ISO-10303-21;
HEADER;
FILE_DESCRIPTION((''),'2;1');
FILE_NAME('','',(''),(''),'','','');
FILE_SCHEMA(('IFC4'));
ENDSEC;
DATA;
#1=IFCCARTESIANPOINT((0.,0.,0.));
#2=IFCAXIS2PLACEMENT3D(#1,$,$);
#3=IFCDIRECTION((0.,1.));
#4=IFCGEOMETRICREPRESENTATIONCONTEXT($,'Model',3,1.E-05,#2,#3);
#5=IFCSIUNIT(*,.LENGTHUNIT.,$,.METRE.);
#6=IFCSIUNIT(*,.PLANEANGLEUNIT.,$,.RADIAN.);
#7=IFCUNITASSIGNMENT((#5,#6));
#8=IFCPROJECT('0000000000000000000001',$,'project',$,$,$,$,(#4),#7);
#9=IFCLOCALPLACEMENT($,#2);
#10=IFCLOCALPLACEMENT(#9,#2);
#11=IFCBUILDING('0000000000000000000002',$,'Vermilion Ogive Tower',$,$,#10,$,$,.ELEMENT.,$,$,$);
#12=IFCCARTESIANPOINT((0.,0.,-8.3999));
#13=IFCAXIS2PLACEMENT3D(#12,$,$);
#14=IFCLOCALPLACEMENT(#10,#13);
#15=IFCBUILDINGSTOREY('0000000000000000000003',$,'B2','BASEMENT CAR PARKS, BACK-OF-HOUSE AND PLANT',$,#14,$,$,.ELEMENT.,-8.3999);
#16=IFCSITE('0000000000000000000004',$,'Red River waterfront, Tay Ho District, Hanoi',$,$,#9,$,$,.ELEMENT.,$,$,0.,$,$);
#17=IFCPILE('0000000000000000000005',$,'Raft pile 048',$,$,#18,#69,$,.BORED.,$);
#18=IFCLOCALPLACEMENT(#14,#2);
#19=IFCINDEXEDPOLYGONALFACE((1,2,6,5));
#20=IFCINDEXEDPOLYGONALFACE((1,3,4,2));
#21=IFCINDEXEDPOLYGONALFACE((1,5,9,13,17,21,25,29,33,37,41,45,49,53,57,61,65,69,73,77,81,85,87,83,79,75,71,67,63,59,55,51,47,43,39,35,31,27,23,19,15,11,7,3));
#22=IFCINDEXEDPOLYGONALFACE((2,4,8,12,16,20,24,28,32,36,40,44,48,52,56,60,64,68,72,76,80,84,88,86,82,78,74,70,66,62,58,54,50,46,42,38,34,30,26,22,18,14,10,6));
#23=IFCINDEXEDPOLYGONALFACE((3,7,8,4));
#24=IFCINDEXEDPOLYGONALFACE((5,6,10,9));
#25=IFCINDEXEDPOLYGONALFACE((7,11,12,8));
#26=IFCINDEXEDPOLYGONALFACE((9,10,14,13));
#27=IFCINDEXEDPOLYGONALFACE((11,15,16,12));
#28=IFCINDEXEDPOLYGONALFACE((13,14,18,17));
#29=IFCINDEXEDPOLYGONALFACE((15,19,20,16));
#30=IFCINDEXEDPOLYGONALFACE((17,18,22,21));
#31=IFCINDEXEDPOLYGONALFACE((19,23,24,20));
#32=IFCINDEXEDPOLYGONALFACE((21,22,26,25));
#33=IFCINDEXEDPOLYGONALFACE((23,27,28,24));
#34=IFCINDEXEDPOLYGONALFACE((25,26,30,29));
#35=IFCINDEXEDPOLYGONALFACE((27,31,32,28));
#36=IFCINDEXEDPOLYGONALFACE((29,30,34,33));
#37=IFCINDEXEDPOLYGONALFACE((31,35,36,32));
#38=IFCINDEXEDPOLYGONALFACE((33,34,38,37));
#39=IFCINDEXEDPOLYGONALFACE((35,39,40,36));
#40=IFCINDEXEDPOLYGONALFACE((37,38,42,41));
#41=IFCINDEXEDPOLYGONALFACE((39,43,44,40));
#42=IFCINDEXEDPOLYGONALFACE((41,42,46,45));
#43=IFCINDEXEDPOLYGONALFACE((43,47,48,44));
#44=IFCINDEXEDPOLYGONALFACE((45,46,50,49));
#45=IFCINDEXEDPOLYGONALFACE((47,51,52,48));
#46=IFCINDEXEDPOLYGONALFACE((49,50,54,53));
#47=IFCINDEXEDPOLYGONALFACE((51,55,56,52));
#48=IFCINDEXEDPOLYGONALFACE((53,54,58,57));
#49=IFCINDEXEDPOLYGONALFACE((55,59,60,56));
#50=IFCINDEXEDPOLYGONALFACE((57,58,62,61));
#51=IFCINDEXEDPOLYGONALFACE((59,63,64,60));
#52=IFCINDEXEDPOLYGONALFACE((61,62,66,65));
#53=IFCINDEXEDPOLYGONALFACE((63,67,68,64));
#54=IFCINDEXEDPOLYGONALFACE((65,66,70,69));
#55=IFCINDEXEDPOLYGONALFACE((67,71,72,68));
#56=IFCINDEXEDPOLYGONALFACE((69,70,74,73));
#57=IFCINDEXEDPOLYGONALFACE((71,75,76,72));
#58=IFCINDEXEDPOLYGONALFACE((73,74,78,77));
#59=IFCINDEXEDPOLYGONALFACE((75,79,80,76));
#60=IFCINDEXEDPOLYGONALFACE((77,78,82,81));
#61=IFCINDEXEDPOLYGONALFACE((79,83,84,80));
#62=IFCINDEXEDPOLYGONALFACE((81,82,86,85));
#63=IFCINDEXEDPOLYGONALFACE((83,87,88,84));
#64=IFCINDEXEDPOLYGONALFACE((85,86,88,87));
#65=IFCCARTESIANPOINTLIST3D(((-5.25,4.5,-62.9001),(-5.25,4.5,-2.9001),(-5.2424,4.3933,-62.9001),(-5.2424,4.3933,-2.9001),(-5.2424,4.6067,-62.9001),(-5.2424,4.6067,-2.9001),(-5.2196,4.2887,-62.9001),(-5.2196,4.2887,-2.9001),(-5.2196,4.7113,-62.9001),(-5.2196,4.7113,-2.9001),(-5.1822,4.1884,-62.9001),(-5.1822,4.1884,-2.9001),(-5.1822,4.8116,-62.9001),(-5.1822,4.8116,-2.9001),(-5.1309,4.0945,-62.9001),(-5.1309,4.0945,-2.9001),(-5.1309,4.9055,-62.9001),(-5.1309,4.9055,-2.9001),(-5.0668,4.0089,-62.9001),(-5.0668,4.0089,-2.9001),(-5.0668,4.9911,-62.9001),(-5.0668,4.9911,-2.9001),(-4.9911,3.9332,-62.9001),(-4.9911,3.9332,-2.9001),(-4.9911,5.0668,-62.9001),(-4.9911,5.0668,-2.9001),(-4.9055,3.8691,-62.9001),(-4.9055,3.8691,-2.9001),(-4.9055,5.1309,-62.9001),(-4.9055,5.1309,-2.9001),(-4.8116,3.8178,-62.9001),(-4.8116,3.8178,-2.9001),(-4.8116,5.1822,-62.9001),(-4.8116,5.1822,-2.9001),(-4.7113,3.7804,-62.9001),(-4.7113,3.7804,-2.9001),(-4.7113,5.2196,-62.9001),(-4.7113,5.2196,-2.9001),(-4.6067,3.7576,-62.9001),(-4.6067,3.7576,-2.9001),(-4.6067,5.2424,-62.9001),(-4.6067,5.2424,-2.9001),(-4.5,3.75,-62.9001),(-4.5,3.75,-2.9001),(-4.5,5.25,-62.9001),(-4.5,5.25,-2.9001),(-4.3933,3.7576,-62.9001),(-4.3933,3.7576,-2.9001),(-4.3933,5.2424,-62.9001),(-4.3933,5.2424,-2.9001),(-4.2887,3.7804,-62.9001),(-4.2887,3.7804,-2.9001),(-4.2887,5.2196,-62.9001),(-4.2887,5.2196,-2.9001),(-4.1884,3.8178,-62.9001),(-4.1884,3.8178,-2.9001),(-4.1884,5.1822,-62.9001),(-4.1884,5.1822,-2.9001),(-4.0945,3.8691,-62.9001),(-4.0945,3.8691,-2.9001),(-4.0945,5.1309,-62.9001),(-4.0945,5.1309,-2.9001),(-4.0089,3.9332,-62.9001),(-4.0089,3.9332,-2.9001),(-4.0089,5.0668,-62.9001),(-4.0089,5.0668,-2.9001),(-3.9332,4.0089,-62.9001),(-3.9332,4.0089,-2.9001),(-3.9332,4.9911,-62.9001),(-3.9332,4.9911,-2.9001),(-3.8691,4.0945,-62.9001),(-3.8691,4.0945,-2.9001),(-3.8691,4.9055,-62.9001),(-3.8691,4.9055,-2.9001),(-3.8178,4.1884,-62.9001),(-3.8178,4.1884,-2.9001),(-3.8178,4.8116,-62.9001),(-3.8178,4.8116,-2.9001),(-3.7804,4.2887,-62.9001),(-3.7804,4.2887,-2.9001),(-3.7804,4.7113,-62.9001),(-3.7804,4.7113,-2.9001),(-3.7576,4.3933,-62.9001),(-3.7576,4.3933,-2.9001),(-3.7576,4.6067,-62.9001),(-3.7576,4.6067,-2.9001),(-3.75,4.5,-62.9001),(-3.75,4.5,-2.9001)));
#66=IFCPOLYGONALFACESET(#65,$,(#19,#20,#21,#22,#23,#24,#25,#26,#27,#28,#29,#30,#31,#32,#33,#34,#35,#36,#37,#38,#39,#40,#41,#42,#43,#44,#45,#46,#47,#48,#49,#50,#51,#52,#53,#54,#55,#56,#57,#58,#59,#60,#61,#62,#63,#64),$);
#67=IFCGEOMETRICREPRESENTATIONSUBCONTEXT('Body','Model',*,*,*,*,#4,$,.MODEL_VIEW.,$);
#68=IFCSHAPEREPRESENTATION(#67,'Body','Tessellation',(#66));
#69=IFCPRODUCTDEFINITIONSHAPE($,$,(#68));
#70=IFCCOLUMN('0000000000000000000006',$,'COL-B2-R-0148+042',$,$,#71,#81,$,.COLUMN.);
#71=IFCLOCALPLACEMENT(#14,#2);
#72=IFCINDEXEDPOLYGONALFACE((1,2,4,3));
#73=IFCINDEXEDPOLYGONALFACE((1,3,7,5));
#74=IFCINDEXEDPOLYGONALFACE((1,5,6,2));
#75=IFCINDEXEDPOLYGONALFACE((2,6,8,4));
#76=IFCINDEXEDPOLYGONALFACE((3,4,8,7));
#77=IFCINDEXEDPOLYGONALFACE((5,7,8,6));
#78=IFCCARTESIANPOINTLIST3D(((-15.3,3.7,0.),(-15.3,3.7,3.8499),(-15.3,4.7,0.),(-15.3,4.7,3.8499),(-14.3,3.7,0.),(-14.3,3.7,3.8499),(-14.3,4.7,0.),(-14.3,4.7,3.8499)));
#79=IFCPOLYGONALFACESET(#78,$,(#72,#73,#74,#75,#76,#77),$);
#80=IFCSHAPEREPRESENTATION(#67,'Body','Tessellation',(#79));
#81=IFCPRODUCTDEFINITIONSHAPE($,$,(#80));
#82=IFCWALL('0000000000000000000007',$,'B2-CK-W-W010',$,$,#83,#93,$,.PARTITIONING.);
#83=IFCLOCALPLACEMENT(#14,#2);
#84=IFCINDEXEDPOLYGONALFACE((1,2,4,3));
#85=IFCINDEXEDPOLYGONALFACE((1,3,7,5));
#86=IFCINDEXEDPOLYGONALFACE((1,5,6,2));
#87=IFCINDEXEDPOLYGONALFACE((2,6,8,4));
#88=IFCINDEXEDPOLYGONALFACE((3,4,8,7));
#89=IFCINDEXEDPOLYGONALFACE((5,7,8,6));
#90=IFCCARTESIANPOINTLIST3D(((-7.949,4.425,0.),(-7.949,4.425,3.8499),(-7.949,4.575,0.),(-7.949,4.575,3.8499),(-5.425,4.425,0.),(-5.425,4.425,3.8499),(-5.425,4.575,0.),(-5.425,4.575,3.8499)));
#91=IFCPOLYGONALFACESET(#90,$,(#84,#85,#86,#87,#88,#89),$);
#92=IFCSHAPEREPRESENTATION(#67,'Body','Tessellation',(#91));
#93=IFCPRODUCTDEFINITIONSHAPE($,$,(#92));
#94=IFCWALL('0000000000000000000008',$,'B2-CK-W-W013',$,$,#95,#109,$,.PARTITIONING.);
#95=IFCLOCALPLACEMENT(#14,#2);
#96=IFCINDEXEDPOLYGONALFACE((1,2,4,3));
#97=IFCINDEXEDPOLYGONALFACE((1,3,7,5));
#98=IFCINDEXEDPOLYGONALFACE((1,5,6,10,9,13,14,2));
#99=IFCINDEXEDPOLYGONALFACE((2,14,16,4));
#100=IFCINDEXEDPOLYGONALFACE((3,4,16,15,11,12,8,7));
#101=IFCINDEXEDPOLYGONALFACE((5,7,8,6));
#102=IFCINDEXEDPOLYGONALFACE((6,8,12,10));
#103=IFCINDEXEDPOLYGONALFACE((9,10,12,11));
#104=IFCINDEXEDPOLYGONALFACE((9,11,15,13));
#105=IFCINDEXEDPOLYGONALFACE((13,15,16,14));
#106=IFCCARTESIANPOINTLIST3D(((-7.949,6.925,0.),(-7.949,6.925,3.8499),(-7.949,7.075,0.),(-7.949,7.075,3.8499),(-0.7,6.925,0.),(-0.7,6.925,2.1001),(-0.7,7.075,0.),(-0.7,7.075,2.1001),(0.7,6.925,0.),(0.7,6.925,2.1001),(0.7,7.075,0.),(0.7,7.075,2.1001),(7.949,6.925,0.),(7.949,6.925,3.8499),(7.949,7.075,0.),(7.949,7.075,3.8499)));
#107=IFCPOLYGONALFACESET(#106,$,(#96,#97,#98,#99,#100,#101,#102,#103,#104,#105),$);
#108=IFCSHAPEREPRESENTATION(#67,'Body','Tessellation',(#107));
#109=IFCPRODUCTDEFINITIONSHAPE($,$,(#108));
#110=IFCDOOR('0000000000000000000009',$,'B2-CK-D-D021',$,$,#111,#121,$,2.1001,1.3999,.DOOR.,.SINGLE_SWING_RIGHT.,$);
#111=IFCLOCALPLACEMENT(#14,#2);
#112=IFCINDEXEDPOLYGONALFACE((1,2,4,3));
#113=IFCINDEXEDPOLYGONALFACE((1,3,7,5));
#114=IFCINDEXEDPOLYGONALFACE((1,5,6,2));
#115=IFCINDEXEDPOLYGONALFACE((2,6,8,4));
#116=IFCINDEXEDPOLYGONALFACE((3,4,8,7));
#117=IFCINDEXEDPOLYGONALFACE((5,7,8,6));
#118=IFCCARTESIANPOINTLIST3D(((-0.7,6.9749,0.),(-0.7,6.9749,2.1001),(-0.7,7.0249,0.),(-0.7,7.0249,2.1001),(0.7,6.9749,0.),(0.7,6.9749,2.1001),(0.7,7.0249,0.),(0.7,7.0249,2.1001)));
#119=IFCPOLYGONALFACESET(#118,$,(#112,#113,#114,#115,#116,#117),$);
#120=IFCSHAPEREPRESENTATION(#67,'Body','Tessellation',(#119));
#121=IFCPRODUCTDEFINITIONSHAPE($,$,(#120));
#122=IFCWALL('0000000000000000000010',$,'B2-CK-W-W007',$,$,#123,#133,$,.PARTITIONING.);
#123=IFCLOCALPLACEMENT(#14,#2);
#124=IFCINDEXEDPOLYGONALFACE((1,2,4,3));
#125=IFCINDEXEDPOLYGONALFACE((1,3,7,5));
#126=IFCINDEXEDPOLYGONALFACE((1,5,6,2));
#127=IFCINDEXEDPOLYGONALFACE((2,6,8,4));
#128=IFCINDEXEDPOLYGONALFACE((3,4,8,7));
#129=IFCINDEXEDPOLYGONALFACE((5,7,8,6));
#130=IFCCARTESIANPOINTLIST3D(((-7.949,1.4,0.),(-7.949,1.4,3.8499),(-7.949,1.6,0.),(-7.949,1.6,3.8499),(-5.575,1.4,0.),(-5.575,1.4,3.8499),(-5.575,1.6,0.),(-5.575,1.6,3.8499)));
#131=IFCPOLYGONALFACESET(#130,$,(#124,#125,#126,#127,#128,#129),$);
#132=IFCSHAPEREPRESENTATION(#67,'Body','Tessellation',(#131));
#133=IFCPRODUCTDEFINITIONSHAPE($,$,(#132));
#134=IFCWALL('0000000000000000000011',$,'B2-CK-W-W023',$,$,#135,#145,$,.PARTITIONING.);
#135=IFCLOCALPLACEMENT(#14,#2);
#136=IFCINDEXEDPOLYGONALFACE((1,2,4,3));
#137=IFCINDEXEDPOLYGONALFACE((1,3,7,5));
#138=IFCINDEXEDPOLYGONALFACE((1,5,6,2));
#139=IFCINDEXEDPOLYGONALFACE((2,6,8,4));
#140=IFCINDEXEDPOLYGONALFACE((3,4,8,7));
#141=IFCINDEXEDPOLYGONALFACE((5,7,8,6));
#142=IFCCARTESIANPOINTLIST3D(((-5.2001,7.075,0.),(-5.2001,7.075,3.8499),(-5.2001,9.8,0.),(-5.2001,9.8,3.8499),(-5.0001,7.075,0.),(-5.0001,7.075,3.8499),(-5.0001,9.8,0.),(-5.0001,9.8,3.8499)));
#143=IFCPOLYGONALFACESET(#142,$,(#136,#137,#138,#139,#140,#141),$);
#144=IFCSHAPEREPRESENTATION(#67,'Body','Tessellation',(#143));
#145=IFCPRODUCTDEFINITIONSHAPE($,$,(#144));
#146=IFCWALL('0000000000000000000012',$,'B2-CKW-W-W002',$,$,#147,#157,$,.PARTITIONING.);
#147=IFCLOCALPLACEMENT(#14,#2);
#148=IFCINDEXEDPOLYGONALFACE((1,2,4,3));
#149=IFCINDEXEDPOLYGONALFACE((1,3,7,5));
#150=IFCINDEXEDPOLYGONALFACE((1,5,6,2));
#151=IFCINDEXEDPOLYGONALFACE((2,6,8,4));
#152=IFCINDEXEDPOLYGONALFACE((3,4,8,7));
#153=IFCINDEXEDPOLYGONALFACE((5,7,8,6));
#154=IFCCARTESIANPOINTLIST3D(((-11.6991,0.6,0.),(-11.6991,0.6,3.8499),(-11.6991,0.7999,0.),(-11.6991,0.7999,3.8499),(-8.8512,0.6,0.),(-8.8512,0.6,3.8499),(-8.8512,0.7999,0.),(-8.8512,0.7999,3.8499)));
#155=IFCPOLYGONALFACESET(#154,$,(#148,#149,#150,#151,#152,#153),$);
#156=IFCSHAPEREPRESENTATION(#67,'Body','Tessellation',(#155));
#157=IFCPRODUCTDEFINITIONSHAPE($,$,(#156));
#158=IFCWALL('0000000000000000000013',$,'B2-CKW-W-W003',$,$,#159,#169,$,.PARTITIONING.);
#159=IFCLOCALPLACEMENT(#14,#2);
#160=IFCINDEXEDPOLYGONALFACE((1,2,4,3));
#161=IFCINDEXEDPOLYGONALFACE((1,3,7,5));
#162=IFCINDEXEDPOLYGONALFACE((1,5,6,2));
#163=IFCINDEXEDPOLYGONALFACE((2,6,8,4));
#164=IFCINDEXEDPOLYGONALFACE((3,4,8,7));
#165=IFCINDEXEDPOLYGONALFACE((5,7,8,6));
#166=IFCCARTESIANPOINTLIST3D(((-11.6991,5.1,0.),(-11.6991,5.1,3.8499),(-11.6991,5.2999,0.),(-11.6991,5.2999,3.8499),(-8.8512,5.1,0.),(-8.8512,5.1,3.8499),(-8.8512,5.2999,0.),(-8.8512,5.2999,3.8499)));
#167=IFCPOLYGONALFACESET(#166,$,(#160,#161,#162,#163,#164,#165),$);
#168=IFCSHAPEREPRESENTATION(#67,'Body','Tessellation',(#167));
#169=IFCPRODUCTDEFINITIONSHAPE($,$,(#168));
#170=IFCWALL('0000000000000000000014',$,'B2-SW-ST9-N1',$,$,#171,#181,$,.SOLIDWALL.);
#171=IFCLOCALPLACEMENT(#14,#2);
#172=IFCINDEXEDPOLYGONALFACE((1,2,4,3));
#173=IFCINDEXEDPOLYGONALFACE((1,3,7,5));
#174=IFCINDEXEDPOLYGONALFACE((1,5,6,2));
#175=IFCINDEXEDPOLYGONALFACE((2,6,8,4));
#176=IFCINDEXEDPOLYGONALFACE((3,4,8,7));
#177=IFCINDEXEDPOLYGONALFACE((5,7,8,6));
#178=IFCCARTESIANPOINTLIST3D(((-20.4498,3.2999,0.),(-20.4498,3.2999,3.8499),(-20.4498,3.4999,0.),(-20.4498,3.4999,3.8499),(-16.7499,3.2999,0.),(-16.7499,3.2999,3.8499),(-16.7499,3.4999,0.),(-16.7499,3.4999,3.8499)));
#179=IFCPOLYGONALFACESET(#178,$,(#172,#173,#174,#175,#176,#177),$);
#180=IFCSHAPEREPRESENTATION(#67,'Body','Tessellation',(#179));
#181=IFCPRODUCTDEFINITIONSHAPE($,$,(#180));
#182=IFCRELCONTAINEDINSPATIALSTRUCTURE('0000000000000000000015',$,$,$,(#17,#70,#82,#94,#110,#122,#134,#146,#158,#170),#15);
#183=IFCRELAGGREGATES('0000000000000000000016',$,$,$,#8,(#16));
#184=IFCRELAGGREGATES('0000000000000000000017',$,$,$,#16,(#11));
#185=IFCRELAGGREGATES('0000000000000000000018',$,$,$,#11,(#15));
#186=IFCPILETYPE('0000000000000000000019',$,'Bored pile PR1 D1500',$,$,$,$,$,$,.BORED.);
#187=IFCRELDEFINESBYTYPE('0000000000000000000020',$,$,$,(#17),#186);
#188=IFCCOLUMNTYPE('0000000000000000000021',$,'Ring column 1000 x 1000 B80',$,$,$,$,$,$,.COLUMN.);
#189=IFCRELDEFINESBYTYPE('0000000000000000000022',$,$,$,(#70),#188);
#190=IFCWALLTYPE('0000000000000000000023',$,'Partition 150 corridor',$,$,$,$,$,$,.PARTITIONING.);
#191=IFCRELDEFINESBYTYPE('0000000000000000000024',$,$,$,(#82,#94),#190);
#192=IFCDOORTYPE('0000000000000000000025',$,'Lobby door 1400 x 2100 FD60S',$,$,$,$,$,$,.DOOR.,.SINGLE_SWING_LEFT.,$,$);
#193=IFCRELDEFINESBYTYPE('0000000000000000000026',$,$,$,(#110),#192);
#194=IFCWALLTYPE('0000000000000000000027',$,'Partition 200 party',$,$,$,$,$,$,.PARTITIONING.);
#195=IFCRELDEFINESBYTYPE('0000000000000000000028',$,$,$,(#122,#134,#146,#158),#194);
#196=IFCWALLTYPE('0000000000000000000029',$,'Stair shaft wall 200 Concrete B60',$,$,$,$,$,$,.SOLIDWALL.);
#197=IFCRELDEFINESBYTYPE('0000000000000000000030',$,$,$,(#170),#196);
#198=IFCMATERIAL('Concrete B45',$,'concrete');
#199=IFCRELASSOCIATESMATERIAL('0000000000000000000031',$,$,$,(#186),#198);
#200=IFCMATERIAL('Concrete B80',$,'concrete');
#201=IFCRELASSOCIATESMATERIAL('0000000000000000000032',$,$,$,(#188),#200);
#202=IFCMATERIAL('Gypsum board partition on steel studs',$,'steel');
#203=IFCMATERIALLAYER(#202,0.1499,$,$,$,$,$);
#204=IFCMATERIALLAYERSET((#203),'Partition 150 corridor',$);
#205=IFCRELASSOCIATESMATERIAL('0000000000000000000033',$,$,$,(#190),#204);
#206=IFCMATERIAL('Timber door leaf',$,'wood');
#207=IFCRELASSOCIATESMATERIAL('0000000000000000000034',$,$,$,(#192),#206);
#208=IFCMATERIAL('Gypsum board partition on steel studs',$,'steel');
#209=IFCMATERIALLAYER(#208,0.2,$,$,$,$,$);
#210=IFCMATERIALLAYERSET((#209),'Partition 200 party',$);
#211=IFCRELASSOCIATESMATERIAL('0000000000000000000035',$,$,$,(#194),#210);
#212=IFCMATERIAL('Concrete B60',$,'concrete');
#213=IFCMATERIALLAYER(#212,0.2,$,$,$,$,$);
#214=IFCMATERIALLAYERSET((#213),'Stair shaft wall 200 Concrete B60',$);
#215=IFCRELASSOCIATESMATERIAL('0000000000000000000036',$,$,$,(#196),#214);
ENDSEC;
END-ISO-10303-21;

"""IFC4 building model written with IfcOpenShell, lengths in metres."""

from ifc_helpers import new_model, si_unit, direction, frame, frame_2d, origin, origin_2d, place, context, subcontext, project, spatial, rectangle, circle, extrude, material, layer, layer_set, material_profile, profile_set, type_object, element, fill, save


model = new_model("IFC4")

# Units and contexts
model_context = context("Model", 3, precision=1e-05, world=origin(), true_north=direction((0.0, 1.0)))
body_context = subcontext(model_context, "Body", "Model", "MODEL_VIEW")
ifc_project = project(units=[si_unit("LENGTHUNIT", "METRE"), si_unit("PLANEANGLEUNIT", "RADIAN")], contexts=[model_context])

# Site, building, storey
site_placement = place(None, origin())
site = spatial("IfcSite", under=ifc_project, at=site_placement, Name="Red River waterfront, Tay Ho District, Hanoi", CompositionType="ELEMENT", RefElevation=0.0)
building_placement = place(site_placement, origin())
building = spatial("IfcBuilding", under=site, at=building_placement, Name="Vermilion Ogive Tower", CompositionType="ELEMENT")
storey_placement = place(building_placement, frame((0.0, 0.0, -8.3999)))
storey = spatial("IfcBuildingStorey", under=building, at=storey_placement, Name="B2", Description="BASEMENT CAR PARKS, BACK-OF-HOUSE AND PLANT", CompositionType="ELEMENT", Elevation=-8.3999)

# Pile
ifc_material_1 = material(Name="Concrete B45", Category="concrete")
pile_type = type_object("IfcPileType", Name="Bored pile PR1 D1500", PredefinedType="BORED", material=ifc_material_1)
for number, where, z_axis, x_axis, name in (
    (1, (-4.5, 4.5, -2.9001), (0.0, 0.0, -1.0), (1.0, 0.0, 0.0), "Raft pile 048"),
):
    element("IfcPile", number, at=place(storey_placement, frame(where, z_axis=z_axis, x_axis=x_axis)), inside=storey, type_object=pile_type, Name=name, PredefinedType="BORED", context=body_context, shape_type="SweptSolid", body=[
        extrude(circle(Radius=0.75, at=origin_2d()), origin(), (0.0, 0.0, 1.0), 60.0),
    ])

# Column
ifc_material_2 = material(Name="Concrete B80", Category="concrete")
ifc_material_profile = material_profile(ifc_material_2, rectangle(XDim=1.0, YDim=1.0, at=origin_2d()), Name="1000 x 1000")
ifc_profile_set = profile_set([ifc_material_profile], Name="Concrete B80")
column_type = type_object("IfcColumnType", Name="Ring column 1000 x 1000 B80", PredefinedType="COLUMN", material=ifc_profile_set)
column_placement = place(storey_placement, frame((-14.8, 4.2, 0.0), z_axis=(0.0, 0.0, 1.0), x_axis=(1.0, 0.0, 0.0)))
element("IfcColumn", 2, at=column_placement, inside=storey, type_object=column_type, Name="COL-B2-R-0148+042", PredefinedType="COLUMN", context=body_context, shape_type="SweptSolid", body=[
    extrude(rectangle(XDim=1.0, YDim=1.0, at=origin_2d()), origin(), (0.0, 0.0, 1.0), 3.8499),
])

# Wall
ifc_material_3 = material(Name="Gypsum board partition on steel studs", Category="steel")
ifc_layer_1 = layer(ifc_material_3, 0.1499)
ifc_layer_set_1 = layer_set([ifc_layer_1], Name="Partition 150 corridor")
wall_type_1 = type_object("IfcWallType", Name="Partition 150 corridor", PredefinedType="PARTITIONING", material=ifc_layer_set_1)
wall_1_placement = place(storey_placement, frame((-7.949, 4.5, 0.0), z_axis=(0.0, 0.0, 1.0), x_axis=(1.0, 0.0, 0.0)))
element("IfcWall", 3, at=wall_1_placement, inside=storey, type_object=wall_type_1, Name="B2-CK-W-W010", PredefinedType="PARTITIONING", context=body_context, shape_type="SweptSolid", body=[
    extrude(rectangle(XDim=2.5239, YDim=0.1499, at=frame_2d((1.262, 0.0))), origin(), (0.0, 0.0, 1.0), 3.8499),
])

# Wall, opening, door
wall_2_placement = place(storey_placement, frame((-7.949, 7.0, 0.0), z_axis=(0.0, 0.0, 1.0), x_axis=(1.0, 0.0, 0.0)))
wall_2 = element("IfcWall", 4, at=wall_2_placement, inside=storey, type_object=wall_type_1, Name="B2-CK-W-W013", PredefinedType="PARTITIONING", context=body_context, shape_type="SweptSolid", body=[
    extrude(rectangle(XDim=15.8979, YDim=0.1499, at=frame_2d((7.949, 0.0))), origin(), (0.0, 0.0, 1.0), 3.8499),
])
opening_placement = place(wall_2_placement, frame((7.249, 0.0, 0.0)))
opening = element("IfcOpeningElement", 5, at=opening_placement, cuts=wall_2, PredefinedType="OPENING", context=body_context, shape_type="SweptSolid", body=[
    extrude(rectangle(XDim=1.3999, YDim=2.1001, at=frame_2d((0.7, 1.05))), frame((0.0, 0.085, 0.0), z_axis=(0.0, -1.0, 0.0), x_axis=(1.0, 0.0, 0.0)), (0.0, 0.0, 1.0), 0.1699),
])
ifc_material_4 = material(Name="Timber door leaf", Category="wood")
door_type = type_object("IfcDoorType", Name="Lobby door 1400 x 2100 FD60S", OperationType="SINGLE_SWING_LEFT", PredefinedType="DOOR", material=ifc_material_4)
door_placement = place(opening_placement, origin())
door = element("IfcDoor", 6, at=door_placement, inside=storey, type_object=door_type, Name="B2-CK-D-D021", OperationType="SINGLE_SWING_RIGHT", OverallHeight=2.1001, OverallWidth=1.3999, PredefinedType="DOOR", context=body_context, shape_type="SweptSolid", body=[
    extrude(rectangle(XDim=1.3999, YDim=2.1001, at=frame_2d((0.7, 1.05))), frame((0.0, 0.0249, 0.0), z_axis=(0.0, -1.0, 0.0), x_axis=(1.0, 0.0, 0.0)), (0.0, 0.0, 1.0), 0.05),
])
fill(opening, door)

# Walls
ifc_material_5 = material(Name="Gypsum board partition on steel studs", Category="steel")
ifc_layer_2 = layer(ifc_material_5, 0.2)
ifc_layer_set_2 = layer_set([ifc_layer_2], Name="Partition 200 party")
wall_type_2 = type_object("IfcWallType", Name="Partition 200 party", PredefinedType="PARTITIONING", material=ifc_layer_set_2)
wall_3_placement = place(storey_placement, frame((-7.949, 1.5, 0.0), z_axis=(0.0, 0.0, 1.0), x_axis=(1.0, 0.0, 0.0)))
element("IfcWall", 7, at=wall_3_placement, inside=storey, type_object=wall_type_2, Name="B2-CK-W-W007", PredefinedType="PARTITIONING", context=body_context, shape_type="SweptSolid", body=[
    extrude(rectangle(XDim=2.374, YDim=0.2, at=frame_2d((1.187, 0.0))), origin(), (0.0, 0.0, 1.0), 3.8499),
])
wall_4_placement = place(storey_placement, frame((-5.1001, 7.075, 0.0), z_axis=(0.0, 0.0, 1.0), x_axis=(0.0, 1.0, 0.0)))
element("IfcWall", 8, at=wall_4_placement, inside=storey, type_object=wall_type_2, Name="B2-CK-W-W023", PredefinedType="PARTITIONING", context=body_context, shape_type="SweptSolid", body=[
    extrude(rectangle(XDim=2.7251, YDim=0.2, at=frame_2d((1.3625, 0.0))), origin(), (0.0, 0.0, 1.0), 3.8499),
])
for number, where, z_axis, x_axis, name in (
    (9, (-11.699, 0.7, 0.0), (0.0, 0.0, 1.0), (1.0, 0.0, 0.0), "B2-CKW-W-W002"),
    (10, (-11.699, 5.2, 0.0), (0.0, 0.0, 1.0), (1.0, 0.0, 0.0), "B2-CKW-W-W003"),
):
    element("IfcWall", number, at=place(storey_placement, frame(where, z_axis=z_axis, x_axis=x_axis)), inside=storey, type_object=wall_type_2, Name=name, PredefinedType="PARTITIONING", context=body_context, shape_type="SweptSolid", body=[
        extrude(rectangle(XDim=2.8479, YDim=0.2, at=frame_2d((1.4238, 0.0))), origin(), (0.0, 0.0, 1.0), 3.8499),
    ])
ifc_material_6 = material(Name="Concrete B60", Category="concrete")
ifc_layer_3 = layer(ifc_material_6, 0.2)
ifc_layer_set_3 = layer_set([ifc_layer_3], Name="Stair shaft wall 200 Concrete B60")
wall_type_3 = type_object("IfcWallType", Name="Stair shaft wall 200 Concrete B60", PredefinedType="SOLIDWALL", material=ifc_layer_set_3)
wall_5_placement = place(storey_placement, frame((-20.45, 3.3999, 0.0), z_axis=(0.0, 0.0, 1.0), x_axis=(1.0, 0.0, 0.0)))
element("IfcWall", 11, at=wall_5_placement, inside=storey, type_object=wall_type_3, Name="B2-SW-ST9-N1", PredefinedType="SOLIDWALL", context=body_context, shape_type="SweptSolid", body=[
    extrude(rectangle(XDim=3.7, YDim=0.2, at=frame_2d((1.8501, 0.0))), origin(), (0.0, 0.0, 1.0), 3.8499),
])

save(model, "model.ifc")
